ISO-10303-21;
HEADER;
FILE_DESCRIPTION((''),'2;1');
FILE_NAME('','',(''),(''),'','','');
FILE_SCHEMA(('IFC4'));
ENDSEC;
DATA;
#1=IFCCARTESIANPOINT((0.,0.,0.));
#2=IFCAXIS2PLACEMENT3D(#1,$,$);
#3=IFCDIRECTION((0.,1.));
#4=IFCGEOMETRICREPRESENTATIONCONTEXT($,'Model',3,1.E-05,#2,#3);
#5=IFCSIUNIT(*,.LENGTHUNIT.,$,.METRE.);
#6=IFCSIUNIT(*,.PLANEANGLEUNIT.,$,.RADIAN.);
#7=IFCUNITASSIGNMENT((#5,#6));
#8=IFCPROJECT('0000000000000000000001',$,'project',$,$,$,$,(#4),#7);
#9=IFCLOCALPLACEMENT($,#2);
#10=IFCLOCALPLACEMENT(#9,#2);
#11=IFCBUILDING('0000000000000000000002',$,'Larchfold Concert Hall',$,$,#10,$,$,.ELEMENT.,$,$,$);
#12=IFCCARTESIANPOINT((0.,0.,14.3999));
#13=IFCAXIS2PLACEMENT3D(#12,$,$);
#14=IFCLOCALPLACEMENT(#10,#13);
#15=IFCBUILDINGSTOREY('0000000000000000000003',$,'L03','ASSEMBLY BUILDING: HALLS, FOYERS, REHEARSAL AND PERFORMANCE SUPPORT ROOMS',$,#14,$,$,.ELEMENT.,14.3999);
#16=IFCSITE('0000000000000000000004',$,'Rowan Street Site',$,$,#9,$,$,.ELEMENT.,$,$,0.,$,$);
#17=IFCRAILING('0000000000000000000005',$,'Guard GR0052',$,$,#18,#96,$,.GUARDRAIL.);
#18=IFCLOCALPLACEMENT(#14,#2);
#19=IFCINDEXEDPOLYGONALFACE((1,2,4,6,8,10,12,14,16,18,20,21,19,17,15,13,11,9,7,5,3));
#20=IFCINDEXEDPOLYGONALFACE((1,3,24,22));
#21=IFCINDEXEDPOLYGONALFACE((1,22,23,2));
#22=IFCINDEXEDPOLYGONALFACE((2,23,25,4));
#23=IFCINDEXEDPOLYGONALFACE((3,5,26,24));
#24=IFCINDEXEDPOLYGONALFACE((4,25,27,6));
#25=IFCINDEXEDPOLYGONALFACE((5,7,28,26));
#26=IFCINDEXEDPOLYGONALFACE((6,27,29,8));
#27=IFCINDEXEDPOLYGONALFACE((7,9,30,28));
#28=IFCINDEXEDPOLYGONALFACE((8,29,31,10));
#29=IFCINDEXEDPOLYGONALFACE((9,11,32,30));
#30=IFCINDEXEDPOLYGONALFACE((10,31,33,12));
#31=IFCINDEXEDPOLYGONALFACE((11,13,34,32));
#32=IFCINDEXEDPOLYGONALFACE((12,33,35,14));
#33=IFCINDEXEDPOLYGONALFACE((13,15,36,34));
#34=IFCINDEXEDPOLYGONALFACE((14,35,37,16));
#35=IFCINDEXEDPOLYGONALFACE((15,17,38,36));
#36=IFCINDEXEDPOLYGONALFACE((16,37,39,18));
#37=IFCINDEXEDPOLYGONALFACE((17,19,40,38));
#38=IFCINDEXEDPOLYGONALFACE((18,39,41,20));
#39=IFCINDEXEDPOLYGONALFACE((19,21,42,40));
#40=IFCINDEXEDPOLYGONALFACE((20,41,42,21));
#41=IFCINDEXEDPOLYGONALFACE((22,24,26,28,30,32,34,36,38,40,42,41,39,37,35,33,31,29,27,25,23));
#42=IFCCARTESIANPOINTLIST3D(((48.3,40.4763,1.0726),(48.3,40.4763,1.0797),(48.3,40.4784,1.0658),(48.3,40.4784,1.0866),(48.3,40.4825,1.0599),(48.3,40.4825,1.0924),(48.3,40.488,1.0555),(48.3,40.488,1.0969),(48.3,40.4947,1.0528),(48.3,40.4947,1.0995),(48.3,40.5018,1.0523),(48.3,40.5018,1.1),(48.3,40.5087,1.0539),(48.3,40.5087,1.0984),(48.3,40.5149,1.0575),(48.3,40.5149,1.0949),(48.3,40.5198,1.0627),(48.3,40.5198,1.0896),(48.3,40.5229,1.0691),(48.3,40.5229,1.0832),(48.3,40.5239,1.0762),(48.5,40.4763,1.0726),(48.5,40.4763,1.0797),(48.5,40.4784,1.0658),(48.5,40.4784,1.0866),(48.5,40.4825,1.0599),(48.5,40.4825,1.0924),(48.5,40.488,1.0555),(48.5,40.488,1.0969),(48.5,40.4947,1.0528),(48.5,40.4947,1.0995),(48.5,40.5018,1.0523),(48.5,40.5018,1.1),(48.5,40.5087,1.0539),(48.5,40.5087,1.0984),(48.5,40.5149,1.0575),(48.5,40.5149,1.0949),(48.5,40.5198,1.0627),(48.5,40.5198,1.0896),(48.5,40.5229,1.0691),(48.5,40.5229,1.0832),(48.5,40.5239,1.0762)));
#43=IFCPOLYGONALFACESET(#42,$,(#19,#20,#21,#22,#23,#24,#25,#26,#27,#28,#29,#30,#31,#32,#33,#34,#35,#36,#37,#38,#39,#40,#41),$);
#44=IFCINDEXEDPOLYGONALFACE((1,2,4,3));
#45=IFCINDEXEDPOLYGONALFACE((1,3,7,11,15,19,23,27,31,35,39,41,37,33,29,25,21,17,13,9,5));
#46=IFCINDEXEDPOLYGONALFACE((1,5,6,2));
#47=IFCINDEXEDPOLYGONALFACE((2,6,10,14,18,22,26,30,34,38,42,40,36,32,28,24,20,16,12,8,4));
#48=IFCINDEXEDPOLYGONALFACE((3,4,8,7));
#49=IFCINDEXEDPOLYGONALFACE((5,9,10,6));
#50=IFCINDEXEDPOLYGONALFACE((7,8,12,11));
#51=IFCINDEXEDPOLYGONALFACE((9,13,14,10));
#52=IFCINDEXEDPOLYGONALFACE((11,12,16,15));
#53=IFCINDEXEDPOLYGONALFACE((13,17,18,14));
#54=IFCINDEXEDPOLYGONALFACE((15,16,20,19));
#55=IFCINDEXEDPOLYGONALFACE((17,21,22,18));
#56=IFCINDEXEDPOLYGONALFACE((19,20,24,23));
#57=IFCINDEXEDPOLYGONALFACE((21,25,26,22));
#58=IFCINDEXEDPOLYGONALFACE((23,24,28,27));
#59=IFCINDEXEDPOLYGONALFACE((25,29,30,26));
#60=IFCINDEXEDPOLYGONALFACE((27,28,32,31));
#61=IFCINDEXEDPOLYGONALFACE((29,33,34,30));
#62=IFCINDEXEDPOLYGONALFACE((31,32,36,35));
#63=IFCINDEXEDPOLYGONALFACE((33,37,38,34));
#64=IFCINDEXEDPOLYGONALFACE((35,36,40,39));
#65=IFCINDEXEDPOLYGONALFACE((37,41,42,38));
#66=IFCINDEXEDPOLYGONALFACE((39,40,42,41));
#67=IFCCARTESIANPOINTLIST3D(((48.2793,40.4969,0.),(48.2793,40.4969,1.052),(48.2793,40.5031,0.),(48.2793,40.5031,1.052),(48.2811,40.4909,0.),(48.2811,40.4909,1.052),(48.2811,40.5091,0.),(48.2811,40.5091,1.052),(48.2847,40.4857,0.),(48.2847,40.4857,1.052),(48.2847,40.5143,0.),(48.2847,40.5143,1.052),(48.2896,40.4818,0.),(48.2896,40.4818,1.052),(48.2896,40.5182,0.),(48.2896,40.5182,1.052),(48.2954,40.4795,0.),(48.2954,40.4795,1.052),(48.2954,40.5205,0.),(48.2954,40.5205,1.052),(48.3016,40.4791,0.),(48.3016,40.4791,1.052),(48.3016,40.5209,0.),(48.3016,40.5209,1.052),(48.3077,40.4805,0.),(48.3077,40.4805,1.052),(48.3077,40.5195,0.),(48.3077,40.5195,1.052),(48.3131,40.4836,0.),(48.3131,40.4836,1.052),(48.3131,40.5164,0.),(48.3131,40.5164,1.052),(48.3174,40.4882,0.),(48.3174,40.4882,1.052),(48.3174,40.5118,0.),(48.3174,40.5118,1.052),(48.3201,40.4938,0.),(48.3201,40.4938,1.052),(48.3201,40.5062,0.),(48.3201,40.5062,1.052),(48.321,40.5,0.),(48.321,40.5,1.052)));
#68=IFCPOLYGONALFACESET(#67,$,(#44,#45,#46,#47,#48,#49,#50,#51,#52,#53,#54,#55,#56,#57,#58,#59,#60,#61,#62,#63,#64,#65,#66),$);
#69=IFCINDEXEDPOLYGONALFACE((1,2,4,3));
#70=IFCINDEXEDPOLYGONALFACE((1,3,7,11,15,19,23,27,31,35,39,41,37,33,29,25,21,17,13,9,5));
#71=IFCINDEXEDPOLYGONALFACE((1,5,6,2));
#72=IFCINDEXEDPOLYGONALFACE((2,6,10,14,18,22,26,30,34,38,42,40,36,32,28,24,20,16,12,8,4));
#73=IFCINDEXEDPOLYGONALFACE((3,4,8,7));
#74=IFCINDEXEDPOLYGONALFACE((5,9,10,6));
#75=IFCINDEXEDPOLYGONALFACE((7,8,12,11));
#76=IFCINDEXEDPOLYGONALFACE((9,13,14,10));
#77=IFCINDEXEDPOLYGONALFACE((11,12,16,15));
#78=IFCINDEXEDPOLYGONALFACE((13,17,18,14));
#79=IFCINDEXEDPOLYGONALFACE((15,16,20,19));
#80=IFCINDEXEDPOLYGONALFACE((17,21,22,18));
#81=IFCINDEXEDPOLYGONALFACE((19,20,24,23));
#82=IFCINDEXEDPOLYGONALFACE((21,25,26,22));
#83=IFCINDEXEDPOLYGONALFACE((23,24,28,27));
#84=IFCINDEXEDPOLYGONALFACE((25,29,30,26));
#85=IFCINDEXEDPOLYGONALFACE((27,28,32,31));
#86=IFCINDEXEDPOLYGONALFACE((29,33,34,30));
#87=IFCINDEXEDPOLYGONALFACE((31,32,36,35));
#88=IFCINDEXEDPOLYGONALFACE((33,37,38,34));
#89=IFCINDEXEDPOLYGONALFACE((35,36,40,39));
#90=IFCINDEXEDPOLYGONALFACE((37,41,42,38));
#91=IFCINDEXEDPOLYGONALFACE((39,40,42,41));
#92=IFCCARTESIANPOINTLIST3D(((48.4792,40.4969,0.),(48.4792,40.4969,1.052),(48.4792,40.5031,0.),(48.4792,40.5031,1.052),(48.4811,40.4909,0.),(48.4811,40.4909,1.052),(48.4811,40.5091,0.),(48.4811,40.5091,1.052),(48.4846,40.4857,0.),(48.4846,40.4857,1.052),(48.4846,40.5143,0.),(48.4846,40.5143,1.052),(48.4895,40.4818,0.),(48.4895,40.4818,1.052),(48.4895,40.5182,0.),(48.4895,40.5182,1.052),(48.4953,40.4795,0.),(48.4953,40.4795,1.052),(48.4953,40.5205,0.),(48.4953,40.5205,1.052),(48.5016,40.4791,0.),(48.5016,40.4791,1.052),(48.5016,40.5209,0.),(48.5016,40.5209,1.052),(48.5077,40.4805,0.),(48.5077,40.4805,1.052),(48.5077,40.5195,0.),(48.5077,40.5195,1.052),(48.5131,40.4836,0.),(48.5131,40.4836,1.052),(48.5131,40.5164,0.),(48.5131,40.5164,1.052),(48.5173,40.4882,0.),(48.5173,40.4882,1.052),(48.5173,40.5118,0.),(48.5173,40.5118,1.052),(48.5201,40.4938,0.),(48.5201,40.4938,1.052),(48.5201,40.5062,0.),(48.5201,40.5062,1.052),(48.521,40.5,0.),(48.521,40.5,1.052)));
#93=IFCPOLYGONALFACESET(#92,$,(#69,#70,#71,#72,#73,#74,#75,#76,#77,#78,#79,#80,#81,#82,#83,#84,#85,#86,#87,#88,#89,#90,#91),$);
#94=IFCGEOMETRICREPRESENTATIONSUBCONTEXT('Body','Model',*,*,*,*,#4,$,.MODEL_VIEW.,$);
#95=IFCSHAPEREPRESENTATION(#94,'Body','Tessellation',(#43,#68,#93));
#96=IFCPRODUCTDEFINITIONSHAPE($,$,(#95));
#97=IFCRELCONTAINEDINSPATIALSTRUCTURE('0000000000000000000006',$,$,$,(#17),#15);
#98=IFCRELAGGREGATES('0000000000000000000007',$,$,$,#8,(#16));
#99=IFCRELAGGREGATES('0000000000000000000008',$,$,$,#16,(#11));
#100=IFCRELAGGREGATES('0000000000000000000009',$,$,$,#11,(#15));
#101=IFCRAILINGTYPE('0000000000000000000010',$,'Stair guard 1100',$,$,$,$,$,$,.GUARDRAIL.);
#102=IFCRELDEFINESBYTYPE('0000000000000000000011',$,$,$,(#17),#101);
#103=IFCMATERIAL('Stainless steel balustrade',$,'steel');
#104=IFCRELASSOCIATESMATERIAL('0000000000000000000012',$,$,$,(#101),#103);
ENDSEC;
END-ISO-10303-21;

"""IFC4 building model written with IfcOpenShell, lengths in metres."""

from ifc_helpers import new_model, si_unit, direction, frame, origin, origin_2d, place, context, subcontext, project, spatial, circle, extrude, material, type_object, element, save


model = new_model("IFC4")

# Units and contexts
model_context = context("Model", 3, precision=1e-05, world=origin(), true_north=direction((0.0, 1.0)))
body_context = subcontext(model_context, "Body", "Model", "MODEL_VIEW")
ifc_project = project(units=[si_unit("LENGTHUNIT", "METRE"), si_unit("PLANEANGLEUNIT", "RADIAN")], contexts=[model_context])

# Site, building, storey
site_placement = place(None, origin())
site = spatial("IfcSite", under=ifc_project, at=site_placement, Name="Rowan Street Site", CompositionType="ELEMENT", RefElevation=0.0)
building_placement = place(site_placement, origin())
building = spatial("IfcBuilding", under=site, at=building_placement, Name="Larchfold Concert Hall", CompositionType="ELEMENT")
storey_placement = place(building_placement, frame((0.0, 0.0, 14.3999)))
storey = spatial("IfcBuildingStorey", under=building, at=storey_placement, Name="L03", Description="ASSEMBLY BUILDING: HALLS, FOYERS, REHEARSAL AND PERFORMANCE SUPPORT ROOMS", CompositionType="ELEMENT", Elevation=14.3999)

# Railing
ifc_material_1 = material(Name="Stainless steel balustrade", Category="steel")
railing_type_1 = type_object("IfcRailingType", Name="Stair guard 1100", PredefinedType="GUARDRAIL", material=ifc_material_1)
railing_1_placement = place(storey_placement, frame((48.3, 40.5, 0.0)))
element("IfcRailing", 1, at=railing_1_placement, inside=storey, type_object=railing_type_1, Name="Guard GR0052", PredefinedType="GUARDRAIL", context=body_context, shape_type="SweptSolid", body=[
    extrude(circle(Radius=0.0239, at=origin_2d()), frame((0.0, 0.0, 1.0762), z_axis=(1.0, 0.0, 0.0), x_axis=(0.0, 1.0, 0.0)), (0.0, 0.0, 1.0), 0.2),
    extrude(circle(Radius=0.021, at=origin_2d()), origin(), (0.0, 0.0, 1.0), 1.052),
    extrude(circle(Radius=0.021, at=origin_2d()), frame((0.2, 0.0, 0.0)), (0.0, 0.0, 1.0), 1.052),
])

save(model, "model.ifc")
